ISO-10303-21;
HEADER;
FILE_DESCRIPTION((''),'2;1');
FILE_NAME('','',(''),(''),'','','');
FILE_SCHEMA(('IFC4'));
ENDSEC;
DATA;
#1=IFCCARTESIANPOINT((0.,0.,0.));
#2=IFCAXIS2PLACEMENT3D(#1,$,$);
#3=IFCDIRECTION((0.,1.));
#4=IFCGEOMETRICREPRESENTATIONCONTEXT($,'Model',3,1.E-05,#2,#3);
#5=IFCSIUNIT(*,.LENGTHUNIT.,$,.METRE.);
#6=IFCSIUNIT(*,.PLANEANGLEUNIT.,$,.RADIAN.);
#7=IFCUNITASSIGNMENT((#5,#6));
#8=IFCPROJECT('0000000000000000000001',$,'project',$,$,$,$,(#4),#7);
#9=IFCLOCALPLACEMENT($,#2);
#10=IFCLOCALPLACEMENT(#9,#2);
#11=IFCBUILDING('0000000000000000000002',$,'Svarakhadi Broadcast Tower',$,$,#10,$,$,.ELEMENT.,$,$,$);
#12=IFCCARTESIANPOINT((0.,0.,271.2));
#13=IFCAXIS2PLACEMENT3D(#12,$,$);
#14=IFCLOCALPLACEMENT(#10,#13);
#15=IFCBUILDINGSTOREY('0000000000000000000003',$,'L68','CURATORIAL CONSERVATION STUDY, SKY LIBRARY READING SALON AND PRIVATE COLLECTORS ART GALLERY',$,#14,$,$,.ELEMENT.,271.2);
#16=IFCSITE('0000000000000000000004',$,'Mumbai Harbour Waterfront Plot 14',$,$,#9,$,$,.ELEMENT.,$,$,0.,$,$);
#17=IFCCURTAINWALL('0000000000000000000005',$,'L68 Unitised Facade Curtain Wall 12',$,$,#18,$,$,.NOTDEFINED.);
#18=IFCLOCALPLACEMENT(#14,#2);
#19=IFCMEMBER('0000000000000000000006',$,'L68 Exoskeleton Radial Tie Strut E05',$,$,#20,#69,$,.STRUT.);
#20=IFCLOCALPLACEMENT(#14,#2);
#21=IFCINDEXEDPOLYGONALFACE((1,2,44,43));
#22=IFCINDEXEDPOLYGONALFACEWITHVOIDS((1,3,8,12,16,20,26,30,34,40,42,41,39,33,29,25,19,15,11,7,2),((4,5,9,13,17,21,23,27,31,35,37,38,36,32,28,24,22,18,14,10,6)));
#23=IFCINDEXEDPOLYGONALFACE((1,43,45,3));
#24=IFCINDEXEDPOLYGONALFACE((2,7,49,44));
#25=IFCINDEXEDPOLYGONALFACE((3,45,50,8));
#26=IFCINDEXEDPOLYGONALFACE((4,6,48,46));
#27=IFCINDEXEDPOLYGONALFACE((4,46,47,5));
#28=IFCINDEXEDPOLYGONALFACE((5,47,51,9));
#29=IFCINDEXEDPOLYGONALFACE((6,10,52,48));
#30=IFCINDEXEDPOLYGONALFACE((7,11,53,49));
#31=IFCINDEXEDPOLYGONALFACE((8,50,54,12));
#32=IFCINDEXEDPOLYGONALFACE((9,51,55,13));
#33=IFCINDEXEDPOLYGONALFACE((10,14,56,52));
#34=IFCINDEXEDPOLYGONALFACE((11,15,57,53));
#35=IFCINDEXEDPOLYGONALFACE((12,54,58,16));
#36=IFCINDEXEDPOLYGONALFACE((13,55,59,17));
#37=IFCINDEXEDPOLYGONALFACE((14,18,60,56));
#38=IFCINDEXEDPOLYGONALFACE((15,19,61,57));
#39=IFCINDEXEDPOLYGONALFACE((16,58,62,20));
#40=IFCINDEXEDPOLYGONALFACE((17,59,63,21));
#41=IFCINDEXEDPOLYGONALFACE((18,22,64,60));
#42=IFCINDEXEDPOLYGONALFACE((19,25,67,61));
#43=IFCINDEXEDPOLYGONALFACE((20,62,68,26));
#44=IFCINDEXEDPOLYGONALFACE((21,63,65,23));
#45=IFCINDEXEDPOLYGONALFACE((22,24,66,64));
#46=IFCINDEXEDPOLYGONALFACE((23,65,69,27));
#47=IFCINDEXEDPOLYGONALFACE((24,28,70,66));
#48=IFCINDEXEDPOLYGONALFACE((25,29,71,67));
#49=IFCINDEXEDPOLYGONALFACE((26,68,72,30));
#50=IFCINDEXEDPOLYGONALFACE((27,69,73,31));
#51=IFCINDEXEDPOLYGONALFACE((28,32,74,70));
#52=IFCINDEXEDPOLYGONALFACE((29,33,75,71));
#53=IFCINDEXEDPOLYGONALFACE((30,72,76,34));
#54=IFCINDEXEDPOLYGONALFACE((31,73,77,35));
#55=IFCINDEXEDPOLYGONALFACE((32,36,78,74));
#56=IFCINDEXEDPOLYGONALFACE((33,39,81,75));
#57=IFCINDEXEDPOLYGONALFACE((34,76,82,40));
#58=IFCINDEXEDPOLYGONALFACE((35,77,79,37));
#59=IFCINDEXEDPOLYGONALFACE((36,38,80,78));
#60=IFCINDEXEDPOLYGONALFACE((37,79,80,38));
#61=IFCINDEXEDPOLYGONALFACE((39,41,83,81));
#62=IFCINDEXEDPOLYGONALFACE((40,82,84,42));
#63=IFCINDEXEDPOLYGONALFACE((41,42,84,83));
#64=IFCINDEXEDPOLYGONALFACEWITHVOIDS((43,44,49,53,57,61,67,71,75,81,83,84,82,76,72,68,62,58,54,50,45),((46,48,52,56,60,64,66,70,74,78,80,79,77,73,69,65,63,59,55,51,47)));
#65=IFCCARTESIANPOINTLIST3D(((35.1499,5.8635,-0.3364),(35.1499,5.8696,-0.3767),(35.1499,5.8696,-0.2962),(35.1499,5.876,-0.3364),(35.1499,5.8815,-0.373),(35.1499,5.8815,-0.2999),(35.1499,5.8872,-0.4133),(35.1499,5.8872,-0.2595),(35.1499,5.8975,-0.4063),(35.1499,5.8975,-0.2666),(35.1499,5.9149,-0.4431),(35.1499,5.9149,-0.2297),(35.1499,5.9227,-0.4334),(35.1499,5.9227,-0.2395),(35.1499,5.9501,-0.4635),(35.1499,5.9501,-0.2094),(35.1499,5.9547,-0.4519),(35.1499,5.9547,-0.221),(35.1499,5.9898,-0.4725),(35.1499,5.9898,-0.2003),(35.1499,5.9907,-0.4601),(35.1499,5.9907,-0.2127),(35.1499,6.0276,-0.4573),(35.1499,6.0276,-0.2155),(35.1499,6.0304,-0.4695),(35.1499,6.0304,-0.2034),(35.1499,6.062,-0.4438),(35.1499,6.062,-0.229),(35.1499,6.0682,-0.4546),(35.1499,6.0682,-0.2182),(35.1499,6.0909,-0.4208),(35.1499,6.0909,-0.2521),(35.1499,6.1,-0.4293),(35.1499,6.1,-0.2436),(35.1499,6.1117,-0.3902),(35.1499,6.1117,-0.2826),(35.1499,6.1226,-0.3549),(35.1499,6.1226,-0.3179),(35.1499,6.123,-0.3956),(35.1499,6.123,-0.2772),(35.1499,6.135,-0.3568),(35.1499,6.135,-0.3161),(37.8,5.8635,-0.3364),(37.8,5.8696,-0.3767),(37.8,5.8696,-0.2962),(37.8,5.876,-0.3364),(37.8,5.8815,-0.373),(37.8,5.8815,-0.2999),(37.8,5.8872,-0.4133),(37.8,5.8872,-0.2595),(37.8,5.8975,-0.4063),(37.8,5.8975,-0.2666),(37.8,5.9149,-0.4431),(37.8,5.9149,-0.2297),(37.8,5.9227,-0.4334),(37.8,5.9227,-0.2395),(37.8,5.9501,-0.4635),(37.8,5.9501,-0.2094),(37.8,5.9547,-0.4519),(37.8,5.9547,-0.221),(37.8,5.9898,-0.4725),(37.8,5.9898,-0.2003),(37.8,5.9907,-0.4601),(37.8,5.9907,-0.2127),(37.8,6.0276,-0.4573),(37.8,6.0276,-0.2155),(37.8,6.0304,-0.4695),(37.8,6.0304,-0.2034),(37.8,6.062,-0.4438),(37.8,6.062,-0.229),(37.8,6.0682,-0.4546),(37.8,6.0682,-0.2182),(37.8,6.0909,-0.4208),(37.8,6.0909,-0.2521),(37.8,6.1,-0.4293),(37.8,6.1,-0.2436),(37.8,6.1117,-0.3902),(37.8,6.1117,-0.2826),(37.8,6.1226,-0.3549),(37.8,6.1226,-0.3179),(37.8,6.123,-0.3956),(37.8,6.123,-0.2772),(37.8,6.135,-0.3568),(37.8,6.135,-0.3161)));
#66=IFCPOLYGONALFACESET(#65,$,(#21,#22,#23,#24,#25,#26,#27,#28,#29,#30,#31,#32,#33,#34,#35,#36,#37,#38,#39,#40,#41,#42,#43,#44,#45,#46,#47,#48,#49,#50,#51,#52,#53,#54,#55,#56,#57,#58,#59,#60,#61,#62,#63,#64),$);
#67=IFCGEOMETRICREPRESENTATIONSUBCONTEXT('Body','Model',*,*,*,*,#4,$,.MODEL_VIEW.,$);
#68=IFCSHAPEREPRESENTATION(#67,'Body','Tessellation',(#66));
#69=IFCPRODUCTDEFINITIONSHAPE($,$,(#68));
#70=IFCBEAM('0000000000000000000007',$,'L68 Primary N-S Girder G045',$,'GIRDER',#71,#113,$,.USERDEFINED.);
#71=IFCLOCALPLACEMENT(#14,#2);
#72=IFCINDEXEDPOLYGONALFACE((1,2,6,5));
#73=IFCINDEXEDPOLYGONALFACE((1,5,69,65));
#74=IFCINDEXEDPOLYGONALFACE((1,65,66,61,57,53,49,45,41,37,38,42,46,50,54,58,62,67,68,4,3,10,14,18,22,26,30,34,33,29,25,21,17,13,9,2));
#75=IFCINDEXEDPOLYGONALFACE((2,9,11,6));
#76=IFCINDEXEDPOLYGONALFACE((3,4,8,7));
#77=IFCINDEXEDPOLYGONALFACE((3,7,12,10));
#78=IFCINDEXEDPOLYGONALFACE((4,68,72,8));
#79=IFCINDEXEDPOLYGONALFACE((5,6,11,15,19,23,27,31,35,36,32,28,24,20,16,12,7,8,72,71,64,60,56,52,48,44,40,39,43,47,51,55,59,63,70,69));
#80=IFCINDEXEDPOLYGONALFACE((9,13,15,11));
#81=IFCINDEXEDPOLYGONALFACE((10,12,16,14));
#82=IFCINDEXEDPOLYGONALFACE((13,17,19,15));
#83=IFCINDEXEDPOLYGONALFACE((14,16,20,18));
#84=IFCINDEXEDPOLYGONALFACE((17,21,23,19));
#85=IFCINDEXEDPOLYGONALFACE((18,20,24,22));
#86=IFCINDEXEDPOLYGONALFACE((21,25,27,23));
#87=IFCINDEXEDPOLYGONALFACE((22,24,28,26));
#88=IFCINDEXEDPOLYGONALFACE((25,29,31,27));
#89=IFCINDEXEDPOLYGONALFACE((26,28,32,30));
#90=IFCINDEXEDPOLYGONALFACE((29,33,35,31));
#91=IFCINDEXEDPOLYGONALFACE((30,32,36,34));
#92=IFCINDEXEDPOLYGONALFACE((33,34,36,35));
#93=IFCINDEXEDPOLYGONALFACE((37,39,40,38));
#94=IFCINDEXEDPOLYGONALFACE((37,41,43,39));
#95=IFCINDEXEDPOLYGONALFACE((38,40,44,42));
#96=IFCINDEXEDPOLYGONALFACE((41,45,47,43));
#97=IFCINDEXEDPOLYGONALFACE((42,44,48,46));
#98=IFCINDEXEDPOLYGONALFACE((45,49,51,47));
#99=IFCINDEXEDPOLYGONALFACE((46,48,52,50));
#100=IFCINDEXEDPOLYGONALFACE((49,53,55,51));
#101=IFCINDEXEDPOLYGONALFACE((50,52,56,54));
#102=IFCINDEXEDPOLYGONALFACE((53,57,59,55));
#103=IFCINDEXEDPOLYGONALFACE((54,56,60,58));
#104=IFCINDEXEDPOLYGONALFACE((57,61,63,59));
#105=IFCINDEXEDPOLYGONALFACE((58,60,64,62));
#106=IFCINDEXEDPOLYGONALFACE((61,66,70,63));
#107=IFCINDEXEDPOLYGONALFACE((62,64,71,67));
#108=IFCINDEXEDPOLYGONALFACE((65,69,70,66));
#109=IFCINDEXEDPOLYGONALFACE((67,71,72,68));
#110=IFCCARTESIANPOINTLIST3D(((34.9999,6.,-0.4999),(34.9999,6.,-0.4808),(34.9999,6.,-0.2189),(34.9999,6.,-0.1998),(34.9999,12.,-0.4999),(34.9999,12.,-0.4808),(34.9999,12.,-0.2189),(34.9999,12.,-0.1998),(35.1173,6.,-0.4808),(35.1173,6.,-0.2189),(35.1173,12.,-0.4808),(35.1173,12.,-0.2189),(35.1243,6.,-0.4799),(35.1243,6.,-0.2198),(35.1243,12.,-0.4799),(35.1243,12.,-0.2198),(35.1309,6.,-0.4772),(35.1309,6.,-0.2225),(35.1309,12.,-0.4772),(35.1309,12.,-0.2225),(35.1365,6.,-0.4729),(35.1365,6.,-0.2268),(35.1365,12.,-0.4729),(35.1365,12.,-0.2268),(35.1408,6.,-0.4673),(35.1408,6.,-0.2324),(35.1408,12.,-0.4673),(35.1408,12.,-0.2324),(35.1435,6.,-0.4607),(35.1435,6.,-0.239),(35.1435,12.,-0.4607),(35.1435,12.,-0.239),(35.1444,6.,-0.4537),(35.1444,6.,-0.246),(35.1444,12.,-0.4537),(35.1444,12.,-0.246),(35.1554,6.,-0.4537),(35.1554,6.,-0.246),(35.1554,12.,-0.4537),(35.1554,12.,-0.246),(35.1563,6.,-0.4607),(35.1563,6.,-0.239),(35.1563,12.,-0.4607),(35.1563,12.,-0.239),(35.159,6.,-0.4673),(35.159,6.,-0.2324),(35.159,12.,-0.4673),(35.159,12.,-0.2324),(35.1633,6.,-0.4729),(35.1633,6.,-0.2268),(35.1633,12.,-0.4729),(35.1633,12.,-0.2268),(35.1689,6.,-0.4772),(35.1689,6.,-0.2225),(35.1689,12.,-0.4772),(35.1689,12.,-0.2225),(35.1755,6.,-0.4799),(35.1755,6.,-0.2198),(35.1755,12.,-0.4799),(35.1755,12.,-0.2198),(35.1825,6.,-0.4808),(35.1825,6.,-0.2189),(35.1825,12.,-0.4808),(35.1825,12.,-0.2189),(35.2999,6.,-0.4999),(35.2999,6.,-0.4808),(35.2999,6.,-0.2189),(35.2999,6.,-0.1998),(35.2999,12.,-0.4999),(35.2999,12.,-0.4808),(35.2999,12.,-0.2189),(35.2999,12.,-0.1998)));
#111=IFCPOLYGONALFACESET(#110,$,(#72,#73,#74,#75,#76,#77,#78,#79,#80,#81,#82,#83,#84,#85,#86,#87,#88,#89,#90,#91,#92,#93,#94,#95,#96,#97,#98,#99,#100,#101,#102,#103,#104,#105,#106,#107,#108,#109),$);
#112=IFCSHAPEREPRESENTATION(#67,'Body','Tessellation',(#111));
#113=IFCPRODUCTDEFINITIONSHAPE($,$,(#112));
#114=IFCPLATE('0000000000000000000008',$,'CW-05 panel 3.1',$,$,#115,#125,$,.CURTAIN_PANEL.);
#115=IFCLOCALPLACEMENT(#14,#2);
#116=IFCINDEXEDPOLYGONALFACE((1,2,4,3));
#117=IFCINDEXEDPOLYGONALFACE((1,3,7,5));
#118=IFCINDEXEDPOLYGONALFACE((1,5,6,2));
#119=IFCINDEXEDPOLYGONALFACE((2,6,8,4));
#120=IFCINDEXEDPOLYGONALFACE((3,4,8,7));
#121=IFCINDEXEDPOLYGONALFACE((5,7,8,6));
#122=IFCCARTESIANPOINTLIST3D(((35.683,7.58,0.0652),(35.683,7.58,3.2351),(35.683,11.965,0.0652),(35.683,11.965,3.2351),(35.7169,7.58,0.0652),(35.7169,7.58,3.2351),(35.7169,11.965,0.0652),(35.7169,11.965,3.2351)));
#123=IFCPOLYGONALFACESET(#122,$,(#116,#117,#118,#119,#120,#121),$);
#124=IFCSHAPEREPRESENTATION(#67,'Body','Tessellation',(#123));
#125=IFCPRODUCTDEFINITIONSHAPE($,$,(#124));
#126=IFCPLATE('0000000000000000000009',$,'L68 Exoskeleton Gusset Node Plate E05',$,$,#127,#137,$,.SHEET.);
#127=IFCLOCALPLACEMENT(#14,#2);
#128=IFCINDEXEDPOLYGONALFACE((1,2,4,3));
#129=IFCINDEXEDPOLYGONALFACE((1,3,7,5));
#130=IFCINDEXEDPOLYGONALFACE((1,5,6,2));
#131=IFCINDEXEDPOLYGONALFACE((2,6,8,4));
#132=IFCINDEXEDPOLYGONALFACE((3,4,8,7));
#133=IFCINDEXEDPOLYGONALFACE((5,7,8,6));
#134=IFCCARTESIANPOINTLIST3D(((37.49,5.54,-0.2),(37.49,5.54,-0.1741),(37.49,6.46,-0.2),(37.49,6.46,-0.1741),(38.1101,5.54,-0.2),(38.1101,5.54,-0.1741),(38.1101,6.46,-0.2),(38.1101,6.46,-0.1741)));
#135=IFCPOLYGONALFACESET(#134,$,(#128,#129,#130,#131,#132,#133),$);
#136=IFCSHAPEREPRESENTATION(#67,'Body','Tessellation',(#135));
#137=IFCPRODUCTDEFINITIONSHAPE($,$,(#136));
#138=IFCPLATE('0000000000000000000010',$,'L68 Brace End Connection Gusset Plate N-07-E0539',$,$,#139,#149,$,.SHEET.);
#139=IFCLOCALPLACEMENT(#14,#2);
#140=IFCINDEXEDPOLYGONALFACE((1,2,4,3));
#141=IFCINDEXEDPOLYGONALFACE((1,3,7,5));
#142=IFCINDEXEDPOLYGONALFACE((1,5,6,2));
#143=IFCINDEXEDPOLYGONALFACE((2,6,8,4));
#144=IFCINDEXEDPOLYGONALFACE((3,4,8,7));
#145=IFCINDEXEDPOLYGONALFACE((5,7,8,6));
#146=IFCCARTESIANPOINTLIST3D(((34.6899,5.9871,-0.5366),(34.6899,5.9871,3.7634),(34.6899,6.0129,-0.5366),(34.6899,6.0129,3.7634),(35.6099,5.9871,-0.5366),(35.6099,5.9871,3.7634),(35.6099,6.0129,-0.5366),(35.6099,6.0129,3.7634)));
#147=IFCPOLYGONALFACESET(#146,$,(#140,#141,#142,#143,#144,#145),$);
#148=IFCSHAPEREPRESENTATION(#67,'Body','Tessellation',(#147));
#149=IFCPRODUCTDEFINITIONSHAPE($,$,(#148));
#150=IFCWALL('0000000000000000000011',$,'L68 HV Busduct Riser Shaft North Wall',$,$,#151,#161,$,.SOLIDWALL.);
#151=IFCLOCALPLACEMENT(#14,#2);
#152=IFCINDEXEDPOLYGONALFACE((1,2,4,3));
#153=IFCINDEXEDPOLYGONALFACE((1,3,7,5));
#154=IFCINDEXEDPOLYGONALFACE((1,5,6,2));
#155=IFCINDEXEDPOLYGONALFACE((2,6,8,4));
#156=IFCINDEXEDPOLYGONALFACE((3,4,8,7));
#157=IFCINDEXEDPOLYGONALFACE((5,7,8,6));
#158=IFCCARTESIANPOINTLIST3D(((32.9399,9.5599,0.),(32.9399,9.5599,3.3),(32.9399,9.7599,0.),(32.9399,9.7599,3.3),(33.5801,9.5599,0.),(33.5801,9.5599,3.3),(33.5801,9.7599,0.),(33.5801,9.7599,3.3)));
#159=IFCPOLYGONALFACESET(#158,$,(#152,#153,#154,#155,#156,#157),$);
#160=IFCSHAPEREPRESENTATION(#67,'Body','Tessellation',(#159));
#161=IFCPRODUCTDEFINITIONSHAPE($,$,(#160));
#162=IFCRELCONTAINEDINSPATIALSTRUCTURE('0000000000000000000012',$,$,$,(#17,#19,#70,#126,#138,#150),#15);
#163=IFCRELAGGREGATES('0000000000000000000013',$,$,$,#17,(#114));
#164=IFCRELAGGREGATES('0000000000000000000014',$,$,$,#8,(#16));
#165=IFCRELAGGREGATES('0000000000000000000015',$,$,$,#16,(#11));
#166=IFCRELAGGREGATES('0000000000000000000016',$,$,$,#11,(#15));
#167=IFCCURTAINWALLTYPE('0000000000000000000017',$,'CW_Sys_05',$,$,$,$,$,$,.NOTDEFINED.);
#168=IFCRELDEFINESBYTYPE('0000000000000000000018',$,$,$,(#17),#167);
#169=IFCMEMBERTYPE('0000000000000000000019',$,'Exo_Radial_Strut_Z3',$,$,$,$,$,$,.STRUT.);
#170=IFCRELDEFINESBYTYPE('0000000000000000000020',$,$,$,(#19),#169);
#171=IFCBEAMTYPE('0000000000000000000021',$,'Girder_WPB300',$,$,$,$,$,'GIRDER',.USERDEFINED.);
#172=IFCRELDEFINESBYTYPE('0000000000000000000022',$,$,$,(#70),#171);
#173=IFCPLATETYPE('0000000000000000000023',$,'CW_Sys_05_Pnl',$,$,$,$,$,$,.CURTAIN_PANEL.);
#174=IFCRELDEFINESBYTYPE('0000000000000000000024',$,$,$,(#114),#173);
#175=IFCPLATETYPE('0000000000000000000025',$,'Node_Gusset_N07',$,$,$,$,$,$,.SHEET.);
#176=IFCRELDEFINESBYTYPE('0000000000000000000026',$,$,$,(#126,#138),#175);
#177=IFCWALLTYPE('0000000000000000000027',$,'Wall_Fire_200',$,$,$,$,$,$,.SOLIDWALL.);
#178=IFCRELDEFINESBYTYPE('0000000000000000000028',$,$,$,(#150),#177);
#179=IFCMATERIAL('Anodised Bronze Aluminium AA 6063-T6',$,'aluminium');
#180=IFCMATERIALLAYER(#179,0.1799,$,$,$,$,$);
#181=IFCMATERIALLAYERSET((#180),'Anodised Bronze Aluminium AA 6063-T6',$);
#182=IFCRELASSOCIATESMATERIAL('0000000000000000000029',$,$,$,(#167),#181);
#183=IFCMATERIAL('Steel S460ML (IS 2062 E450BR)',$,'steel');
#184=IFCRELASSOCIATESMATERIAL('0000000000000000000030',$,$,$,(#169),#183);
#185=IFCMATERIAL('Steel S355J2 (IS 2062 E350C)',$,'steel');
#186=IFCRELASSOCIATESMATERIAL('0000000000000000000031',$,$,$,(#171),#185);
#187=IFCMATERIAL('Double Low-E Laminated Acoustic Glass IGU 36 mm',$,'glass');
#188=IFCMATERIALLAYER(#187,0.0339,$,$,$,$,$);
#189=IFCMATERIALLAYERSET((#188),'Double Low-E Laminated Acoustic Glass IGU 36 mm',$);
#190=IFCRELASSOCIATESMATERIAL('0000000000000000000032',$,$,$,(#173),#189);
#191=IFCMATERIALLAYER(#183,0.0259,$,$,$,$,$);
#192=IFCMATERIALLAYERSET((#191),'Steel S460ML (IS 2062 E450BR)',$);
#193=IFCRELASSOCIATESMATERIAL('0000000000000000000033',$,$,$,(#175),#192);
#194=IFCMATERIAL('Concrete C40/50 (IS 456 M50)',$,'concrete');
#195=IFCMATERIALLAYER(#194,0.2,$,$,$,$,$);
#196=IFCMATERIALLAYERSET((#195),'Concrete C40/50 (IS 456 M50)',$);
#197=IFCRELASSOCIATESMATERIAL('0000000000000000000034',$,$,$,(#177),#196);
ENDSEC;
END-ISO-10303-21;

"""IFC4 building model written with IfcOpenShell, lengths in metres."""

from ifc_helpers import new_model, si_unit, direction, frame, frame_2d, origin, origin_2d, place, context, subcontext, project, spatial, rectangle, hollow_circle, i_section, extrude, material, layer, layer_set, material_profile, profile_set, type_object, element, aggregate, save


model = new_model("IFC4")

# Units and contexts
model_context = context("Model", 3, precision=1e-05, world=origin(), true_north=direction((0.0, 1.0)))
body_context = subcontext(model_context, "Body", "Model", "MODEL_VIEW")
ifc_project = project(units=[si_unit("LENGTHUNIT", "METRE"), si_unit("PLANEANGLEUNIT", "RADIAN")], contexts=[model_context])

# Site, building, storey
site_placement = place(None, origin())
site = spatial("IfcSite", under=ifc_project, at=site_placement, Name="Mumbai Harbour Waterfront Plot 14", CompositionType="ELEMENT", RefElevation=0.0)
building_placement = place(site_placement, origin())
building = spatial("IfcBuilding", under=site, at=building_placement, Name="Svarakhadi Broadcast Tower", CompositionType="ELEMENT")
storey_placement = place(building_placement, frame((0.0, 0.0, 271.2)))
storey = spatial("IfcBuildingStorey", under=building, at=storey_placement, Name="L68", Description="CURATORIAL CONSERVATION STUDY, SKY LIBRARY READING SALON AND PRIVATE COLLECTORS ART GALLERY", CompositionType="ELEMENT", Elevation=271.2)

# Curtain wall
ifc_material_1 = material(Name="Anodised Bronze Aluminium AA 6063-T6", Category="aluminium")
ifc_layer_1 = layer(ifc_material_1, 0.1799)
ifc_layer_set_1 = layer_set([ifc_layer_1], Name="Anodised Bronze Aluminium AA 6063-T6")
curtain_wall_type = type_object("IfcCurtainWallType", Name="CW_Sys_05", PredefinedType="NOTDEFINED", material=ifc_layer_set_1)
curtain_wall_placement = place(storey_placement, origin())
curtain_wall = element("IfcCurtainWall", 1, at=curtain_wall_placement, inside=storey, type_object=curtain_wall_type, Name="L68 Unitised Facade Curtain Wall 12", PredefinedType="NOTDEFINED")

# Member
ifc_material_2 = material(Name="Steel S460ML (IS 2062 E450BR)", Category="steel")
ifc_material_profile_1 = material_profile(ifc_material_2, hollow_circle(Radius=0.1365, WallThickness=0.0125, at=origin_2d()), Name="CHS 273x12.5")
ifc_profile_set_1 = profile_set([ifc_material_profile_1], Name="Steel S460ML (IS 2062 E450BR)")
member_type_1 = type_object("IfcMemberType", Name="Exo_Radial_Strut_Z3", PredefinedType="STRUT", material=ifc_profile_set_1)
member_1_placement = place(storey_placement, frame((37.8, 6.0, -0.3364), z_axis=(-1.0, 0.0, 0.0), x_axis=(0.0, -1.0, 0.0)))
element("IfcMember", 2, at=member_1_placement, inside=storey, type_object=member_type_1, Name="L68 Exoskeleton Radial Tie Strut E05", PredefinedType="STRUT", context=body_context, shape_type="SweptSolid", body=[
    extrude(hollow_circle(Radius=0.1365, WallThickness=0.0125, at=origin_2d()), origin(), (0.0, 0.0, 1.0), 2.6501),
])

# Beam
ifc_material_3 = material(Name="Steel S355J2 (IS 2062 E350C)", Category="steel")
ifc_material_profile_2 = material_profile(ifc_material_3, i_section(OverallWidth=0.3, OverallDepth=0.3, WebThickness=0.011, FlangeThickness=0.019, FilletRadius=0.0271, at=origin_2d()), Name="WPB 300x300x117")
ifc_profile_set_2 = profile_set([ifc_material_profile_2], Name="Steel S355J2 (IS 2062 E350C)")
beam_type_1 = type_object("IfcBeamType", Name="Girder_WPB300", ElementType="GIRDER", PredefinedType="USERDEFINED", material=ifc_profile_set_2)
beam_1_placement = place(storey_placement, frame((35.1499, 6.0, -0.3499), z_axis=(0.0, 1.0, 0.0), x_axis=(-1.0, 0.0, 0.0)))
element("IfcBeam", 3, at=beam_1_placement, inside=storey, type_object=beam_type_1, Name="L68 Primary N-S Girder G045", ObjectType="GIRDER", PredefinedType="USERDEFINED", context=body_context, shape_type="SweptSolid", body=[
    extrude(i_section(OverallWidth=0.3, OverallDepth=0.3, WebThickness=0.011, FlangeThickness=0.019, FilletRadius=0.0271, at=origin_2d()), origin(), (0.0, 0.0, 1.0), 6.0),
])

# Plate
ifc_material_4 = material(Name="Double Low-E Laminated Acoustic Glass IGU 36 mm", Category="glass")
ifc_layer_2 = layer(ifc_material_4, 0.0339)
ifc_layer_set_2 = layer_set([ifc_layer_2], Name="Double Low-E Laminated Acoustic Glass IGU 36 mm")
plate_type_1 = type_object("IfcPlateType", Name="CW_Sys_05_Pnl", PredefinedType="CURTAIN_PANEL", material=ifc_layer_set_2)
plate_1_placement = place(storey_placement, frame((35.7, 9.7725, 0.0652), z_axis=(0.0, 0.0, 1.0), x_axis=(0.0, -1.0, 0.0)))
plate_1 = element("IfcPlate", 4, at=plate_1_placement, type_object=plate_type_1, Name="CW-05 panel 3.1", PredefinedType="CURTAIN_PANEL", context=body_context, shape_type="SweptSolid", body=[
    extrude(rectangle(XDim=4.385, YDim=0.0339, at=origin_2d()), origin(), (0.0, 0.0, 1.0), 3.1699),
])
aggregate(curtain_wall, [plate_1])

# Plates
ifc_layer_3 = layer(ifc_material_2, 0.0259)
ifc_layer_set_3 = layer_set([ifc_layer_3], Name="Steel S460ML (IS 2062 E450BR)")
plate_type_2 = type_object("IfcPlateType", Name="Node_Gusset_N07", PredefinedType="SHEET", material=ifc_layer_set_3)
plate_2_placement = place(storey_placement, frame((37.8, 6.0, -0.2), z_axis=(0.0, 0.0, 1.0), x_axis=(0.0, 1.0, 0.0)))
element("IfcPlate", 5, at=plate_2_placement, inside=storey, type_object=plate_type_2, Name="L68 Exoskeleton Gusset Node Plate E05", PredefinedType="SHEET", context=body_context, shape_type="SweptSolid", body=[
    extrude(rectangle(XDim=0.9199, YDim=0.6201, at=origin_2d()), origin(), (0.0, 0.0, 1.0), 0.0259),
])
plate_3_placement = place(storey_placement, frame((35.1499, 6.0, -0.5366), z_axis=(0.0, 0.0, 1.0), x_axis=(1.0, 0.0, 0.0)))
element("IfcPlate", 6, at=plate_3_placement, inside=storey, type_object=plate_type_2, Name="L68 Brace End Connection Gusset Plate N-07-E0539", PredefinedType="SHEET", context=body_context, shape_type="SweptSolid", body=[
    extrude(rectangle(XDim=0.9199, YDim=0.0259, at=origin_2d()), origin(), (0.0, 0.0, 1.0), 4.3),
])

# Wall
ifc_material_5 = material(Name="Concrete C40/50 (IS 456 M50)", Category="concrete")
ifc_layer_4 = layer(ifc_material_5, 0.2)
ifc_layer_set_4 = layer_set([ifc_layer_4], Name="Concrete C40/50 (IS 456 M50)")
wall_type_1 = type_object("IfcWallType", Name="Wall_Fire_200", PredefinedType="SOLIDWALL", material=ifc_layer_set_4)
wall_1_placement = place(storey_placement, frame((32.9399, 9.6599, 0.0), z_axis=(0.0, 0.0, 1.0), x_axis=(1.0, 0.0, 0.0)))
element("IfcWall", 7, at=wall_1_placement, inside=storey, type_object=wall_type_1, Name="L68 HV Busduct Riser Shaft North Wall", PredefinedType="SOLIDWALL", context=body_context, shape_type="SweptSolid", body=[
    extrude(rectangle(XDim=0.6401, YDim=0.2, at=frame_2d((0.3201, 0.0))), origin(), (0.0, 0.0, 1.0), 3.3),
])

save(model, "model.ifc")
